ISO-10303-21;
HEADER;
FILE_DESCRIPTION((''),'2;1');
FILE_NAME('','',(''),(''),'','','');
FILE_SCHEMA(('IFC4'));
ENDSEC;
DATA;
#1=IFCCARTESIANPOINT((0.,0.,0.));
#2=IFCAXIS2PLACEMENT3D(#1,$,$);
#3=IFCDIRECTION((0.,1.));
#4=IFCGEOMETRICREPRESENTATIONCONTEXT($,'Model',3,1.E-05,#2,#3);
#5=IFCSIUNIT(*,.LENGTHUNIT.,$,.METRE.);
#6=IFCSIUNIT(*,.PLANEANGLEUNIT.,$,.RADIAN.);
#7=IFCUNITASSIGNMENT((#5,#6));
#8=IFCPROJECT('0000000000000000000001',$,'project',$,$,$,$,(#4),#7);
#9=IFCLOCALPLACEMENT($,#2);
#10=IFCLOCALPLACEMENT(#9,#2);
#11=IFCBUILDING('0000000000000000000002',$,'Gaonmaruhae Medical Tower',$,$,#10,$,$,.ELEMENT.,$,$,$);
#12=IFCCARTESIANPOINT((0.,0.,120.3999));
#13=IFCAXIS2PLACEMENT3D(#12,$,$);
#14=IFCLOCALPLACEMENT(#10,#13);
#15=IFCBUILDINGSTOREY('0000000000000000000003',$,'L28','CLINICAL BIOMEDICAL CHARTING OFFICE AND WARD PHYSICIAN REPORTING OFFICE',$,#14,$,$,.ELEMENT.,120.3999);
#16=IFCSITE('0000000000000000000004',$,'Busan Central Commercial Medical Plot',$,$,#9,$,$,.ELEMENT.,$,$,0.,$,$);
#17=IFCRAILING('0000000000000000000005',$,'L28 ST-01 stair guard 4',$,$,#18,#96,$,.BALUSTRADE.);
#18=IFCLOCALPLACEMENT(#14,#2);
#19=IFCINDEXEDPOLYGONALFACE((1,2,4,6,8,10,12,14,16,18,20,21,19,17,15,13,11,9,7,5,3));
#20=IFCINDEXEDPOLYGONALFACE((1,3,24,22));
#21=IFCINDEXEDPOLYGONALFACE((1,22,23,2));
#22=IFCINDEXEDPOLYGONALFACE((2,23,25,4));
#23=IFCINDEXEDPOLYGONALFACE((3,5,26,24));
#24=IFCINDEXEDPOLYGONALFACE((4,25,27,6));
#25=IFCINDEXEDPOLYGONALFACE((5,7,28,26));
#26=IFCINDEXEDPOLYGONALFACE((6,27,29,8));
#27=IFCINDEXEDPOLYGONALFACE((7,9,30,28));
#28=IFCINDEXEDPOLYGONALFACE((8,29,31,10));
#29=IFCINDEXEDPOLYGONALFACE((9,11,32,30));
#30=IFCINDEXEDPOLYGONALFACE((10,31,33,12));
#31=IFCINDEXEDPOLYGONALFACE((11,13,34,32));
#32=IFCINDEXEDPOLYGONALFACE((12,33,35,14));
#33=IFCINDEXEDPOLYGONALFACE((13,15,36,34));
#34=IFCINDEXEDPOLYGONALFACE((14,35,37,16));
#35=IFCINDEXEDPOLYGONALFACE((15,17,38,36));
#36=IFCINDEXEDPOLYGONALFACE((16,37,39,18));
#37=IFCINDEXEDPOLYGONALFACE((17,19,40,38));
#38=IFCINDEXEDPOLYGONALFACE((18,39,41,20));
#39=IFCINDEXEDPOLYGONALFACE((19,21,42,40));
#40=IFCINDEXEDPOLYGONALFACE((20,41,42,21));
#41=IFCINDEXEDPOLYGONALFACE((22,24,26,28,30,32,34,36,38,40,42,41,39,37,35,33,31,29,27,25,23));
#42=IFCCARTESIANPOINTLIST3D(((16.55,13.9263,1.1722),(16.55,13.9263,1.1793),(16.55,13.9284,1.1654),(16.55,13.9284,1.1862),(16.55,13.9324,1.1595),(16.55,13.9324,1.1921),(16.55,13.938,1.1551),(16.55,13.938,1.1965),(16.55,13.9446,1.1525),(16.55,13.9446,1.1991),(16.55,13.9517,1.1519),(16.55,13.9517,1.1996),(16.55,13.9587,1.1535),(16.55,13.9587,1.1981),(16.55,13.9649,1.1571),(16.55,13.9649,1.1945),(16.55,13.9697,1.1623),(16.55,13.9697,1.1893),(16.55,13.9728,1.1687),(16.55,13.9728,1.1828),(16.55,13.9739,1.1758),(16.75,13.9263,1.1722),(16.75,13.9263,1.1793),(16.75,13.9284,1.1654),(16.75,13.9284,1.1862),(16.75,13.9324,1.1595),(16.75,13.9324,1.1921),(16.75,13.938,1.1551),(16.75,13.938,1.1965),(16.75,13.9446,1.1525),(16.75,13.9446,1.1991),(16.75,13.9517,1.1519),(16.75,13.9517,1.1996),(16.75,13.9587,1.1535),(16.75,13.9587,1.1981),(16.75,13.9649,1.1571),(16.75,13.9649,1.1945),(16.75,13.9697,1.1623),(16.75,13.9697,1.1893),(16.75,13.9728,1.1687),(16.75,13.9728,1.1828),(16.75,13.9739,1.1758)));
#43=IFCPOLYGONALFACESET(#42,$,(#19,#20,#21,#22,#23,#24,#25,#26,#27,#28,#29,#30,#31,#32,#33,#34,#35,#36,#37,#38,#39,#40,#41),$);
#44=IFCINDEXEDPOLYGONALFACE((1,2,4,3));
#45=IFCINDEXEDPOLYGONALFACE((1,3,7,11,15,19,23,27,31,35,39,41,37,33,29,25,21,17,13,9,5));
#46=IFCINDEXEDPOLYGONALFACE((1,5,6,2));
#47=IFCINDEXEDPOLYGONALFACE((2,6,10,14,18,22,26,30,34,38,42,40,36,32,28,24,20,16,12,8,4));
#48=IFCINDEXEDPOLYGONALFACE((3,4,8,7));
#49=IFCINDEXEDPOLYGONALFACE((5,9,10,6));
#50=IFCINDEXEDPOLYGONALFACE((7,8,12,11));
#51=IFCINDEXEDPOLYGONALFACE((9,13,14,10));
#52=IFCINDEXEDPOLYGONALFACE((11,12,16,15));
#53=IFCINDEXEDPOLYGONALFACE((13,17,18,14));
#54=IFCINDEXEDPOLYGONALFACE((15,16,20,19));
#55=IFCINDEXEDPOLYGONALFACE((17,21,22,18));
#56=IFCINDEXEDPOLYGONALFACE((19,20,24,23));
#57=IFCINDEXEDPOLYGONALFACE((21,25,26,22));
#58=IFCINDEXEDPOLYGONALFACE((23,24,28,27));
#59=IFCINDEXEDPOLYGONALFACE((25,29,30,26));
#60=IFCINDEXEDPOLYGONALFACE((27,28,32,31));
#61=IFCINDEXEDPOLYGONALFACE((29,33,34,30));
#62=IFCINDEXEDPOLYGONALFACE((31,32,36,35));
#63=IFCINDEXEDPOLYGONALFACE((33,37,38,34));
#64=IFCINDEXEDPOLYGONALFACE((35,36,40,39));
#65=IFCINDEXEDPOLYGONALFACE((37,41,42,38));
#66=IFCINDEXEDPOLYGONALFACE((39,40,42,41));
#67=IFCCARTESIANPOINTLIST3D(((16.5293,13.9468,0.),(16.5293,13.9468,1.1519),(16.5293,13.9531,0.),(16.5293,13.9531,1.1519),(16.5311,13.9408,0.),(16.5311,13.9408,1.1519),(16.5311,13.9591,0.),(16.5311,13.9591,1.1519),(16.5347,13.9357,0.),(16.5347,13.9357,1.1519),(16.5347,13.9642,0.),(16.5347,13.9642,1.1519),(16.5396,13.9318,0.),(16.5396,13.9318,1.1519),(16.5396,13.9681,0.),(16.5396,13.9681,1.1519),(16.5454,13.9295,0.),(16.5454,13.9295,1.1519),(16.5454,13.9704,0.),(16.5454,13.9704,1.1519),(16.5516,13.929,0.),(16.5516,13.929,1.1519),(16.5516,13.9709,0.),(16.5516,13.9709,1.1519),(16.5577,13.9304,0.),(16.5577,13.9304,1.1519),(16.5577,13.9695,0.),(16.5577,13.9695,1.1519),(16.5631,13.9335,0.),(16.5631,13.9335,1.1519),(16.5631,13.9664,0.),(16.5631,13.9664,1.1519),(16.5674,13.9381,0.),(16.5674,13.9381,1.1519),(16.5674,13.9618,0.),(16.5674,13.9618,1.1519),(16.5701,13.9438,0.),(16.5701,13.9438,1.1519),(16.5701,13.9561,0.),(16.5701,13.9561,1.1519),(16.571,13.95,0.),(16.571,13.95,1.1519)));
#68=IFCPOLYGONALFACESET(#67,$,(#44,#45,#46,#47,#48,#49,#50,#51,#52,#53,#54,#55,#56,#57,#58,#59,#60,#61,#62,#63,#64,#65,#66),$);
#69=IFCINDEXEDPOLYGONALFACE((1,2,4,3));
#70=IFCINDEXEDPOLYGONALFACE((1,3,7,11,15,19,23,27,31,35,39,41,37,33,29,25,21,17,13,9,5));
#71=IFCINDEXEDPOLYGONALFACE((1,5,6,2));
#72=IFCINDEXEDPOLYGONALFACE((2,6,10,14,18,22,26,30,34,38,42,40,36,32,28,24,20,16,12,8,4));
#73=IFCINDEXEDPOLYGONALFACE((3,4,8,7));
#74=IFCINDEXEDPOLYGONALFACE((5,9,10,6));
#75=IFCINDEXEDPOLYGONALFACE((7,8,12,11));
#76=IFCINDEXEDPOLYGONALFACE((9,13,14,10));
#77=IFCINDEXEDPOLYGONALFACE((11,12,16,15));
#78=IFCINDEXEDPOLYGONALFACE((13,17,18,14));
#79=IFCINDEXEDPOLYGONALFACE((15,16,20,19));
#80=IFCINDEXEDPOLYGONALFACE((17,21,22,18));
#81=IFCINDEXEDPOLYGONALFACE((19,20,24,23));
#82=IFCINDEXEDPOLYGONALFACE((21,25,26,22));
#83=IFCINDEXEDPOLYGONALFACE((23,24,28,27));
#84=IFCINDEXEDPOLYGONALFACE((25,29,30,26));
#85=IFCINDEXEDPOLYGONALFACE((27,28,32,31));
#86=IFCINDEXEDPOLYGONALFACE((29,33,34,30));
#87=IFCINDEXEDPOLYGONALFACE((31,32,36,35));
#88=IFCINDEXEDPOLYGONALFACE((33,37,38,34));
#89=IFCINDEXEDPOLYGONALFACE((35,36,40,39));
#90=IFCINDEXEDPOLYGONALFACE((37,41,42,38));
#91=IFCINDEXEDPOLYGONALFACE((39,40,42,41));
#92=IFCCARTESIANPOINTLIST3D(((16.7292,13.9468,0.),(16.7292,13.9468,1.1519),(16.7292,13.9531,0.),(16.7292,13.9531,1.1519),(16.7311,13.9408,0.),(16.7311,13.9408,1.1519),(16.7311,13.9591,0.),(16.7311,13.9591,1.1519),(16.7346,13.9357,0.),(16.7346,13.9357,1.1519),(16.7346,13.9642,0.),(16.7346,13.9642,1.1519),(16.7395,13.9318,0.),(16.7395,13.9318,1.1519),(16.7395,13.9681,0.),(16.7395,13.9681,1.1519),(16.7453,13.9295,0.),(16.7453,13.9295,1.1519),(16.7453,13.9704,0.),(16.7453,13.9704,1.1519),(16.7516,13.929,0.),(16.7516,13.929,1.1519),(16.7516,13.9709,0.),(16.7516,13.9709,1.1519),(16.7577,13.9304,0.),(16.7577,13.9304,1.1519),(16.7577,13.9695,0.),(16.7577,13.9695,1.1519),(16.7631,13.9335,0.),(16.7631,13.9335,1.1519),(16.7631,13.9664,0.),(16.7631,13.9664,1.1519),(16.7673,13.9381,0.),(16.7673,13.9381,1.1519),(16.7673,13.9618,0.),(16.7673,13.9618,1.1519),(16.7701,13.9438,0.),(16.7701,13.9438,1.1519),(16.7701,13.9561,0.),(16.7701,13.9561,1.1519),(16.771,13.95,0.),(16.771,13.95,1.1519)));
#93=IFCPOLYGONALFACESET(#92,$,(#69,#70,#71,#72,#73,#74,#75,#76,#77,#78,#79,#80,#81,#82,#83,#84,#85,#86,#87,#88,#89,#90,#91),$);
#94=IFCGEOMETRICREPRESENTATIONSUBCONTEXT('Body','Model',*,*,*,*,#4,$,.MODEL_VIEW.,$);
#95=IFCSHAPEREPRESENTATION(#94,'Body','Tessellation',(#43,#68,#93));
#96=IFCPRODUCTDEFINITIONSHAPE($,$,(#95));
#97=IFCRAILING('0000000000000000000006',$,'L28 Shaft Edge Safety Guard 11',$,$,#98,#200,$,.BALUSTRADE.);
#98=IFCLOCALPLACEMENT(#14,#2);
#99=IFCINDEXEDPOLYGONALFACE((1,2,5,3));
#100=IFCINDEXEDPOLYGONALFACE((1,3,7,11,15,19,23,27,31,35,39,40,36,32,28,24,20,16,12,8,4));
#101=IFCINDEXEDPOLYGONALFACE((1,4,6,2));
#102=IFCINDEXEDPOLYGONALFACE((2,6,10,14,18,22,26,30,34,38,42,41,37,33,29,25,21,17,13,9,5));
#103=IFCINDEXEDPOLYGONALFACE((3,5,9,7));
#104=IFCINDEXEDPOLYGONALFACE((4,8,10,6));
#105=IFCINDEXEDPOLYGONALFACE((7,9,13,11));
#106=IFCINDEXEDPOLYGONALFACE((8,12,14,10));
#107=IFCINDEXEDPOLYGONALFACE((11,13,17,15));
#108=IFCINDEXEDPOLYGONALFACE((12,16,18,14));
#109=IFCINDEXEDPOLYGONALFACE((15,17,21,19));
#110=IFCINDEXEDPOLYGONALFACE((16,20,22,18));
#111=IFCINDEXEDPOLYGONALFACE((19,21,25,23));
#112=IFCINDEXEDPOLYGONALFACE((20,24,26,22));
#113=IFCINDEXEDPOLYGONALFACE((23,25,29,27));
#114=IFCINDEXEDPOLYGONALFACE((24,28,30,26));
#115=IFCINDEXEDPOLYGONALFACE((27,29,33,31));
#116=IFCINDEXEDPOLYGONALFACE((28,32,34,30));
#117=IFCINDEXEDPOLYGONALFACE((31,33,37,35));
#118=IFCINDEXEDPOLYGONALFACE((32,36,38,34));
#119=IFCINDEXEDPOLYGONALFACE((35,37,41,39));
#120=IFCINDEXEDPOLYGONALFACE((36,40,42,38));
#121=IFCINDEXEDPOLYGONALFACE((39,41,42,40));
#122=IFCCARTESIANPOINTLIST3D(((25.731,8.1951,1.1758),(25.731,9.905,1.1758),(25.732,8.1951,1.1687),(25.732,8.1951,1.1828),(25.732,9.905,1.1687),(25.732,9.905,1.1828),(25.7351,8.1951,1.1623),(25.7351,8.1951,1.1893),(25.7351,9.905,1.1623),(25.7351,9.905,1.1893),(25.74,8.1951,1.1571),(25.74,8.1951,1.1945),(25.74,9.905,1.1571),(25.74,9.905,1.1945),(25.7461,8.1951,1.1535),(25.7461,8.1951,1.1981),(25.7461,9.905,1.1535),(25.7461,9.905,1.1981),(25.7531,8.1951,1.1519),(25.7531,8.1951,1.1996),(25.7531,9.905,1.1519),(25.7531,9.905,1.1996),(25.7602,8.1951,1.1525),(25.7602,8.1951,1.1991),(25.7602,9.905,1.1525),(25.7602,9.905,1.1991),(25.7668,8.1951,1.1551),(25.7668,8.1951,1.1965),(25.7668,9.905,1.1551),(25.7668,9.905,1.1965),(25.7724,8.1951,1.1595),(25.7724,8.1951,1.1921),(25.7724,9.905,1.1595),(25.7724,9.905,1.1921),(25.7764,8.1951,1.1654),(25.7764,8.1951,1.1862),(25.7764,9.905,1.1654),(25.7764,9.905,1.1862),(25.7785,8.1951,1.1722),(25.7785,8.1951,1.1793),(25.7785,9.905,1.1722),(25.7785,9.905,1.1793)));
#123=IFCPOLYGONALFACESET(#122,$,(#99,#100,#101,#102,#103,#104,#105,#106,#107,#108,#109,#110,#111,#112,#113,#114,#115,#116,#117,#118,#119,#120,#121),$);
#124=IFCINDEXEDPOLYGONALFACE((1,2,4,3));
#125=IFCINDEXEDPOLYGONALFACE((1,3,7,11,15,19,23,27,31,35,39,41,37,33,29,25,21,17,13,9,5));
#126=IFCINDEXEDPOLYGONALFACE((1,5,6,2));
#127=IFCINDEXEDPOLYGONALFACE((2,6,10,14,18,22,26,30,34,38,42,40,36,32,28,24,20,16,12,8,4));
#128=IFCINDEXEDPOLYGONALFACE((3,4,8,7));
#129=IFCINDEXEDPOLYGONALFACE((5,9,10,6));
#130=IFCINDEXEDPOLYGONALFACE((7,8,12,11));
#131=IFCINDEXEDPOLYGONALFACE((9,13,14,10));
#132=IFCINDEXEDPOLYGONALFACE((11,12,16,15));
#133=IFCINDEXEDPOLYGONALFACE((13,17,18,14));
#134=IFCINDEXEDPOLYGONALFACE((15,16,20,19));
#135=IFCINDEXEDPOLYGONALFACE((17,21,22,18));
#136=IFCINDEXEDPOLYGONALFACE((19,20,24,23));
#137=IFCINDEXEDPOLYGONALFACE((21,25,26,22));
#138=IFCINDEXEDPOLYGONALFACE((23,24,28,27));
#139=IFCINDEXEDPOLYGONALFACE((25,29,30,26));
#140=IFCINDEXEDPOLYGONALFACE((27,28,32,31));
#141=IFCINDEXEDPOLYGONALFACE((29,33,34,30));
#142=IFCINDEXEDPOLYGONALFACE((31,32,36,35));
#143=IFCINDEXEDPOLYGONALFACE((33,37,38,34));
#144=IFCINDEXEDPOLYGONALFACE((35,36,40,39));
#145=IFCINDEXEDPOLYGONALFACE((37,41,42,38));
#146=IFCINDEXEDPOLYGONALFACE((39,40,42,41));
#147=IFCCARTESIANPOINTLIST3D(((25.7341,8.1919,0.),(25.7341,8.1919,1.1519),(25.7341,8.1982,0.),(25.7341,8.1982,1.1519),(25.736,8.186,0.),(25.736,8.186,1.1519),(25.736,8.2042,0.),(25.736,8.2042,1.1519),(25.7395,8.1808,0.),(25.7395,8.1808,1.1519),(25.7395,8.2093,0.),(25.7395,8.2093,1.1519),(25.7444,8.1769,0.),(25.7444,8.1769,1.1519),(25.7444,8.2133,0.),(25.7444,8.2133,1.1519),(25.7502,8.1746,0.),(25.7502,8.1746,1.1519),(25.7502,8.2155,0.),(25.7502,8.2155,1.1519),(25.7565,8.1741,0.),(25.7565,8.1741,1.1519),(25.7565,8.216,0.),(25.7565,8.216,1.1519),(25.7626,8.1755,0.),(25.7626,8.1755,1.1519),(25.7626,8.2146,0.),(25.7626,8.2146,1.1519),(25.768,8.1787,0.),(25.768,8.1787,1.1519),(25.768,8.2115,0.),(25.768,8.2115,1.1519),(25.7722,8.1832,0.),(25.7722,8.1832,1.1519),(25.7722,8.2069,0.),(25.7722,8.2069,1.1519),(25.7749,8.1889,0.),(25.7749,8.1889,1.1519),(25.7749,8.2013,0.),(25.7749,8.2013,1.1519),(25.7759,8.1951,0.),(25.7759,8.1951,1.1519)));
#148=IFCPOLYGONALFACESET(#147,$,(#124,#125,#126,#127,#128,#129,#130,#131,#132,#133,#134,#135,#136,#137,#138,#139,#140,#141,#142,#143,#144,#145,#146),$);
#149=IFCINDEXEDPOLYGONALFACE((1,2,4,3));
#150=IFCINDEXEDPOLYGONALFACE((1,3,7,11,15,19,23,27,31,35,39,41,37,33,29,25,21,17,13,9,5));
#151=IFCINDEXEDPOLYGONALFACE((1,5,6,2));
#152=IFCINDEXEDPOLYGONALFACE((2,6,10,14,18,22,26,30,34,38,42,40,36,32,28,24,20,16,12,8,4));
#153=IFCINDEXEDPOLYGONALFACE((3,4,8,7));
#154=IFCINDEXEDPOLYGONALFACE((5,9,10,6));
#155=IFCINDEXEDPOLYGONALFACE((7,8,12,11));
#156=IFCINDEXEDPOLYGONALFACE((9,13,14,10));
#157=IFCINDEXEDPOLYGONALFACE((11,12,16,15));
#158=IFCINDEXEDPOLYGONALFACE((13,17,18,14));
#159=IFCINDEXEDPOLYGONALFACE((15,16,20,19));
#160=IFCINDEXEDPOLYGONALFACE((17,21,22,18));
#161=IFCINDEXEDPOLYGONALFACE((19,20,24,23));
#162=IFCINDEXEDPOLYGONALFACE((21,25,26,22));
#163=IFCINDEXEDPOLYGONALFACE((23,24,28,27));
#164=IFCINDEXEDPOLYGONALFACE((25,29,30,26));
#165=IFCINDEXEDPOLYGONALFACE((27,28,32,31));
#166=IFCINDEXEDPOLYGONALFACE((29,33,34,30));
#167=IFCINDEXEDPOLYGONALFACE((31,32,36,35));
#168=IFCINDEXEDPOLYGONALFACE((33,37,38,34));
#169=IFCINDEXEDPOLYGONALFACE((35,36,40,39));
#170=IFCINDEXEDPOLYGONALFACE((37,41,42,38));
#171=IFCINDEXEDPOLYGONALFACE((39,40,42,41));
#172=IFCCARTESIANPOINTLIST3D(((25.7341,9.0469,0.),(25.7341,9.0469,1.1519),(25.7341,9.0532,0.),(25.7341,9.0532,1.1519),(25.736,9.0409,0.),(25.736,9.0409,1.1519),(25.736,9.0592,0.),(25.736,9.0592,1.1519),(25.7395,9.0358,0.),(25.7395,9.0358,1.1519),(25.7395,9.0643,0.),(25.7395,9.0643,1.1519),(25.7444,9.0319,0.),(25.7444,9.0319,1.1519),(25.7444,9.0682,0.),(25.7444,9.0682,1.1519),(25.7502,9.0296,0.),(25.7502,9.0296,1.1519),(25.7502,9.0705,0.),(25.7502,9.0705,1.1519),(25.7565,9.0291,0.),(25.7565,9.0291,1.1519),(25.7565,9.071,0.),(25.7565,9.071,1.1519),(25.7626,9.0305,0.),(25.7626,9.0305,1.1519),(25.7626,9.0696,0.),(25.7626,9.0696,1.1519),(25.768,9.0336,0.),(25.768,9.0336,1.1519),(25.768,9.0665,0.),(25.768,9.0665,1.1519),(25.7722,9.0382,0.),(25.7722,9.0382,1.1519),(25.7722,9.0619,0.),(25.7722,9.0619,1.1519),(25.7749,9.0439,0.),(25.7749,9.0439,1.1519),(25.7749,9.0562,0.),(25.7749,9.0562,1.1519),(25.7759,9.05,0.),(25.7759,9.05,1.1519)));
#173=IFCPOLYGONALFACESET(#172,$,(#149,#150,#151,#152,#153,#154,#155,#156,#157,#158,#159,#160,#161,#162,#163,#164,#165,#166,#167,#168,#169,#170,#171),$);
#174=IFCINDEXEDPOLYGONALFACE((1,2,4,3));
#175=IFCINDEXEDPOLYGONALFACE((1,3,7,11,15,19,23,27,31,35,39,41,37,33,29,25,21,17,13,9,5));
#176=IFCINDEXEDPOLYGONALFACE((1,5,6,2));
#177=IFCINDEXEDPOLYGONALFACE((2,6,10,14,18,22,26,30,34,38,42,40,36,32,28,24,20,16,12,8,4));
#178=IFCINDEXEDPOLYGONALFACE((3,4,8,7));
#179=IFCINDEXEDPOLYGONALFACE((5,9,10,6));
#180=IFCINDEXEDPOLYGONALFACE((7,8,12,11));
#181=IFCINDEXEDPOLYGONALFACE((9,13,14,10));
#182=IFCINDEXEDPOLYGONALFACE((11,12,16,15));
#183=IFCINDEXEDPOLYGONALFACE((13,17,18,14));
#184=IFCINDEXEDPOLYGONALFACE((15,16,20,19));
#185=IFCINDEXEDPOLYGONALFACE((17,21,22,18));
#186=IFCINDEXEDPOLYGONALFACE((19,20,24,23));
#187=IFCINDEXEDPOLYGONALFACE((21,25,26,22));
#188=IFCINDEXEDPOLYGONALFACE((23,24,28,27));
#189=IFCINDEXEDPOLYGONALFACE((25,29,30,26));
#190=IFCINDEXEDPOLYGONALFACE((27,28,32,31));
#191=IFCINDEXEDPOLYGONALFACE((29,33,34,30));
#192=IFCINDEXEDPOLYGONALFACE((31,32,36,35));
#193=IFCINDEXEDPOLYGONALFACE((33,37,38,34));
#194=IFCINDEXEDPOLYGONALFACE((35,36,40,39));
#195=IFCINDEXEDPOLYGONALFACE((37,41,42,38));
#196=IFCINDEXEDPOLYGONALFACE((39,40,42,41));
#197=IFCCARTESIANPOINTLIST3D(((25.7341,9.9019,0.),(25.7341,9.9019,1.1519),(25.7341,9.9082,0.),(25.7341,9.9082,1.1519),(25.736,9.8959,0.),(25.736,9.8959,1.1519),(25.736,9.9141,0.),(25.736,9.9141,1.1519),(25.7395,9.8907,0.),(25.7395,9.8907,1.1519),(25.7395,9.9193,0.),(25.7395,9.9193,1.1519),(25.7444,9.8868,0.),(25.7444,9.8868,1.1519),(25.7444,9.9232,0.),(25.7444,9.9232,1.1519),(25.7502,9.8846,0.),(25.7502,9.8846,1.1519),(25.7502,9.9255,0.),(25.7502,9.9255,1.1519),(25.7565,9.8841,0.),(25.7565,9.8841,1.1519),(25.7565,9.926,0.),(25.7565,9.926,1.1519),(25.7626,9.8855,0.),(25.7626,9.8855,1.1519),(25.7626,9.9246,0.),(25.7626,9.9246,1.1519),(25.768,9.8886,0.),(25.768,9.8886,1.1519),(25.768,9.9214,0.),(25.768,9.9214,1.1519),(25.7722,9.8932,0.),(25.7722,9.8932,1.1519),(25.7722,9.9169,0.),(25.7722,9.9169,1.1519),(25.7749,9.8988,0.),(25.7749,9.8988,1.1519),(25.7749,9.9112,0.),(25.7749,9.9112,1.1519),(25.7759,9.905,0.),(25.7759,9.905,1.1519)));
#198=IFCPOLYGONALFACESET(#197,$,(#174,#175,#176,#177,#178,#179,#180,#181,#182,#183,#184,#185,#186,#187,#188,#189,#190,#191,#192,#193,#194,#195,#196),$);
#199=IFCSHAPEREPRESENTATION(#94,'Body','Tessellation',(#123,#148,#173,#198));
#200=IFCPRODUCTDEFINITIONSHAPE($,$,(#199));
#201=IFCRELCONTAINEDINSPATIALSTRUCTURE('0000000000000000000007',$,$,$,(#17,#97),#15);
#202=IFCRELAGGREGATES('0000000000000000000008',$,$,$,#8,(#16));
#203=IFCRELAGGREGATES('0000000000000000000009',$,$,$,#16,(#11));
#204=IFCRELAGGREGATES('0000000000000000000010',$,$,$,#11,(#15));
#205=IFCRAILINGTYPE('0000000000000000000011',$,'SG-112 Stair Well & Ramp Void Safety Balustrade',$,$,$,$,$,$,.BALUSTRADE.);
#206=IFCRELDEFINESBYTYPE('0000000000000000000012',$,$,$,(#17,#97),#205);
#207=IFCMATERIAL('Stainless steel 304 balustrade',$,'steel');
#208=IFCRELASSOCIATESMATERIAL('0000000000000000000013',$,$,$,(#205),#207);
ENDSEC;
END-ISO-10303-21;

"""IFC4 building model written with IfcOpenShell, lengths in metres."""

from ifc_helpers import new_model, si_unit, direction, frame, origin, origin_2d, place, context, subcontext, project, spatial, circle, extrude, material, type_object, element, save


model = new_model("IFC4")

# Units and contexts
model_context = context("Model", 3, precision=1e-05, world=origin(), true_north=direction((0.0, 1.0)))
body_context = subcontext(model_context, "Body", "Model", "MODEL_VIEW")
ifc_project = project(units=[si_unit("LENGTHUNIT", "METRE"), si_unit("PLANEANGLEUNIT", "RADIAN")], contexts=[model_context])

# Site, building, storey
site_placement = place(None, origin())
site = spatial("IfcSite", under=ifc_project, at=site_placement, Name="Busan Central Commercial Medical Plot", CompositionType="ELEMENT", RefElevation=0.0)
building_placement = place(site_placement, origin())
building = spatial("IfcBuilding", under=site, at=building_placement, Name="Gaonmaruhae Medical Tower", CompositionType="ELEMENT")
storey_placement = place(building_placement, frame((0.0, 0.0, 120.3999)))
storey = spatial("IfcBuildingStorey", under=building, at=storey_placement, Name="L28", Description="CLINICAL BIOMEDICAL CHARTING OFFICE AND WARD PHYSICIAN REPORTING OFFICE", CompositionType="ELEMENT", Elevation=120.3999)

# Railings
ifc_material_1 = material(Name="Stainless steel 304 balustrade", Category="steel")
railing_type_1 = type_object("IfcRailingType", Name="SG-112 Stair Well & Ramp Void Safety Balustrade", PredefinedType="BALUSTRADE", material=ifc_material_1)
railing_1_placement = place(storey_placement, frame((16.55, 13.95, 0.0)))
element("IfcRailing", 1, at=railing_1_placement, inside=storey, type_object=railing_type_1, Name="L28 ST-01 stair guard 4", PredefinedType="BALUSTRADE", context=body_context, shape_type="SweptSolid", body=[
    extrude(circle(Radius=0.0239, at=origin_2d()), frame((0.0, 0.0, 1.1758), z_axis=(1.0, 0.0, 0.0), x_axis=(0.0, 1.0, 0.0)), (0.0, 0.0, 1.0), 0.2),
    extrude(circle(Radius=0.021, at=origin_2d()), origin(), (0.0, 0.0, 1.0), 1.1519),
    extrude(circle(Radius=0.021, at=origin_2d()), frame((0.2, 0.0, 0.0)), (0.0, 0.0, 1.0), 1.1519),
])
railing_2_placement = place(storey_placement, frame((25.7549, 8.1951, 0.0)))
element("IfcRailing", 2, at=railing_2_placement, inside=storey, type_object=railing_type_1, Name="L28 Shaft Edge Safety Guard 11", PredefinedType="BALUSTRADE", context=body_context, shape_type="SweptSolid", body=[
    extrude(circle(Radius=0.0239, at=origin_2d()), frame((0.0, 0.0, 1.1758), z_axis=(0.0, 1.0, 0.0), x_axis=(-1.0, 0.0, 0.0)), (0.0, 0.0, 1.0), 1.71),
    extrude(circle(Radius=0.021, at=origin_2d()), origin(), (0.0, 0.0, 1.0), 1.1519),
    extrude(circle(Radius=0.021, at=origin_2d()), frame((0.0, 0.855, 0.0)), (0.0, 0.0, 1.0), 1.1519),
    extrude(circle(Radius=0.021, at=origin_2d()), frame((0.0, 1.71, 0.0)), (0.0, 0.0, 1.0), 1.1519),
])

save(model, "model.ifc")
